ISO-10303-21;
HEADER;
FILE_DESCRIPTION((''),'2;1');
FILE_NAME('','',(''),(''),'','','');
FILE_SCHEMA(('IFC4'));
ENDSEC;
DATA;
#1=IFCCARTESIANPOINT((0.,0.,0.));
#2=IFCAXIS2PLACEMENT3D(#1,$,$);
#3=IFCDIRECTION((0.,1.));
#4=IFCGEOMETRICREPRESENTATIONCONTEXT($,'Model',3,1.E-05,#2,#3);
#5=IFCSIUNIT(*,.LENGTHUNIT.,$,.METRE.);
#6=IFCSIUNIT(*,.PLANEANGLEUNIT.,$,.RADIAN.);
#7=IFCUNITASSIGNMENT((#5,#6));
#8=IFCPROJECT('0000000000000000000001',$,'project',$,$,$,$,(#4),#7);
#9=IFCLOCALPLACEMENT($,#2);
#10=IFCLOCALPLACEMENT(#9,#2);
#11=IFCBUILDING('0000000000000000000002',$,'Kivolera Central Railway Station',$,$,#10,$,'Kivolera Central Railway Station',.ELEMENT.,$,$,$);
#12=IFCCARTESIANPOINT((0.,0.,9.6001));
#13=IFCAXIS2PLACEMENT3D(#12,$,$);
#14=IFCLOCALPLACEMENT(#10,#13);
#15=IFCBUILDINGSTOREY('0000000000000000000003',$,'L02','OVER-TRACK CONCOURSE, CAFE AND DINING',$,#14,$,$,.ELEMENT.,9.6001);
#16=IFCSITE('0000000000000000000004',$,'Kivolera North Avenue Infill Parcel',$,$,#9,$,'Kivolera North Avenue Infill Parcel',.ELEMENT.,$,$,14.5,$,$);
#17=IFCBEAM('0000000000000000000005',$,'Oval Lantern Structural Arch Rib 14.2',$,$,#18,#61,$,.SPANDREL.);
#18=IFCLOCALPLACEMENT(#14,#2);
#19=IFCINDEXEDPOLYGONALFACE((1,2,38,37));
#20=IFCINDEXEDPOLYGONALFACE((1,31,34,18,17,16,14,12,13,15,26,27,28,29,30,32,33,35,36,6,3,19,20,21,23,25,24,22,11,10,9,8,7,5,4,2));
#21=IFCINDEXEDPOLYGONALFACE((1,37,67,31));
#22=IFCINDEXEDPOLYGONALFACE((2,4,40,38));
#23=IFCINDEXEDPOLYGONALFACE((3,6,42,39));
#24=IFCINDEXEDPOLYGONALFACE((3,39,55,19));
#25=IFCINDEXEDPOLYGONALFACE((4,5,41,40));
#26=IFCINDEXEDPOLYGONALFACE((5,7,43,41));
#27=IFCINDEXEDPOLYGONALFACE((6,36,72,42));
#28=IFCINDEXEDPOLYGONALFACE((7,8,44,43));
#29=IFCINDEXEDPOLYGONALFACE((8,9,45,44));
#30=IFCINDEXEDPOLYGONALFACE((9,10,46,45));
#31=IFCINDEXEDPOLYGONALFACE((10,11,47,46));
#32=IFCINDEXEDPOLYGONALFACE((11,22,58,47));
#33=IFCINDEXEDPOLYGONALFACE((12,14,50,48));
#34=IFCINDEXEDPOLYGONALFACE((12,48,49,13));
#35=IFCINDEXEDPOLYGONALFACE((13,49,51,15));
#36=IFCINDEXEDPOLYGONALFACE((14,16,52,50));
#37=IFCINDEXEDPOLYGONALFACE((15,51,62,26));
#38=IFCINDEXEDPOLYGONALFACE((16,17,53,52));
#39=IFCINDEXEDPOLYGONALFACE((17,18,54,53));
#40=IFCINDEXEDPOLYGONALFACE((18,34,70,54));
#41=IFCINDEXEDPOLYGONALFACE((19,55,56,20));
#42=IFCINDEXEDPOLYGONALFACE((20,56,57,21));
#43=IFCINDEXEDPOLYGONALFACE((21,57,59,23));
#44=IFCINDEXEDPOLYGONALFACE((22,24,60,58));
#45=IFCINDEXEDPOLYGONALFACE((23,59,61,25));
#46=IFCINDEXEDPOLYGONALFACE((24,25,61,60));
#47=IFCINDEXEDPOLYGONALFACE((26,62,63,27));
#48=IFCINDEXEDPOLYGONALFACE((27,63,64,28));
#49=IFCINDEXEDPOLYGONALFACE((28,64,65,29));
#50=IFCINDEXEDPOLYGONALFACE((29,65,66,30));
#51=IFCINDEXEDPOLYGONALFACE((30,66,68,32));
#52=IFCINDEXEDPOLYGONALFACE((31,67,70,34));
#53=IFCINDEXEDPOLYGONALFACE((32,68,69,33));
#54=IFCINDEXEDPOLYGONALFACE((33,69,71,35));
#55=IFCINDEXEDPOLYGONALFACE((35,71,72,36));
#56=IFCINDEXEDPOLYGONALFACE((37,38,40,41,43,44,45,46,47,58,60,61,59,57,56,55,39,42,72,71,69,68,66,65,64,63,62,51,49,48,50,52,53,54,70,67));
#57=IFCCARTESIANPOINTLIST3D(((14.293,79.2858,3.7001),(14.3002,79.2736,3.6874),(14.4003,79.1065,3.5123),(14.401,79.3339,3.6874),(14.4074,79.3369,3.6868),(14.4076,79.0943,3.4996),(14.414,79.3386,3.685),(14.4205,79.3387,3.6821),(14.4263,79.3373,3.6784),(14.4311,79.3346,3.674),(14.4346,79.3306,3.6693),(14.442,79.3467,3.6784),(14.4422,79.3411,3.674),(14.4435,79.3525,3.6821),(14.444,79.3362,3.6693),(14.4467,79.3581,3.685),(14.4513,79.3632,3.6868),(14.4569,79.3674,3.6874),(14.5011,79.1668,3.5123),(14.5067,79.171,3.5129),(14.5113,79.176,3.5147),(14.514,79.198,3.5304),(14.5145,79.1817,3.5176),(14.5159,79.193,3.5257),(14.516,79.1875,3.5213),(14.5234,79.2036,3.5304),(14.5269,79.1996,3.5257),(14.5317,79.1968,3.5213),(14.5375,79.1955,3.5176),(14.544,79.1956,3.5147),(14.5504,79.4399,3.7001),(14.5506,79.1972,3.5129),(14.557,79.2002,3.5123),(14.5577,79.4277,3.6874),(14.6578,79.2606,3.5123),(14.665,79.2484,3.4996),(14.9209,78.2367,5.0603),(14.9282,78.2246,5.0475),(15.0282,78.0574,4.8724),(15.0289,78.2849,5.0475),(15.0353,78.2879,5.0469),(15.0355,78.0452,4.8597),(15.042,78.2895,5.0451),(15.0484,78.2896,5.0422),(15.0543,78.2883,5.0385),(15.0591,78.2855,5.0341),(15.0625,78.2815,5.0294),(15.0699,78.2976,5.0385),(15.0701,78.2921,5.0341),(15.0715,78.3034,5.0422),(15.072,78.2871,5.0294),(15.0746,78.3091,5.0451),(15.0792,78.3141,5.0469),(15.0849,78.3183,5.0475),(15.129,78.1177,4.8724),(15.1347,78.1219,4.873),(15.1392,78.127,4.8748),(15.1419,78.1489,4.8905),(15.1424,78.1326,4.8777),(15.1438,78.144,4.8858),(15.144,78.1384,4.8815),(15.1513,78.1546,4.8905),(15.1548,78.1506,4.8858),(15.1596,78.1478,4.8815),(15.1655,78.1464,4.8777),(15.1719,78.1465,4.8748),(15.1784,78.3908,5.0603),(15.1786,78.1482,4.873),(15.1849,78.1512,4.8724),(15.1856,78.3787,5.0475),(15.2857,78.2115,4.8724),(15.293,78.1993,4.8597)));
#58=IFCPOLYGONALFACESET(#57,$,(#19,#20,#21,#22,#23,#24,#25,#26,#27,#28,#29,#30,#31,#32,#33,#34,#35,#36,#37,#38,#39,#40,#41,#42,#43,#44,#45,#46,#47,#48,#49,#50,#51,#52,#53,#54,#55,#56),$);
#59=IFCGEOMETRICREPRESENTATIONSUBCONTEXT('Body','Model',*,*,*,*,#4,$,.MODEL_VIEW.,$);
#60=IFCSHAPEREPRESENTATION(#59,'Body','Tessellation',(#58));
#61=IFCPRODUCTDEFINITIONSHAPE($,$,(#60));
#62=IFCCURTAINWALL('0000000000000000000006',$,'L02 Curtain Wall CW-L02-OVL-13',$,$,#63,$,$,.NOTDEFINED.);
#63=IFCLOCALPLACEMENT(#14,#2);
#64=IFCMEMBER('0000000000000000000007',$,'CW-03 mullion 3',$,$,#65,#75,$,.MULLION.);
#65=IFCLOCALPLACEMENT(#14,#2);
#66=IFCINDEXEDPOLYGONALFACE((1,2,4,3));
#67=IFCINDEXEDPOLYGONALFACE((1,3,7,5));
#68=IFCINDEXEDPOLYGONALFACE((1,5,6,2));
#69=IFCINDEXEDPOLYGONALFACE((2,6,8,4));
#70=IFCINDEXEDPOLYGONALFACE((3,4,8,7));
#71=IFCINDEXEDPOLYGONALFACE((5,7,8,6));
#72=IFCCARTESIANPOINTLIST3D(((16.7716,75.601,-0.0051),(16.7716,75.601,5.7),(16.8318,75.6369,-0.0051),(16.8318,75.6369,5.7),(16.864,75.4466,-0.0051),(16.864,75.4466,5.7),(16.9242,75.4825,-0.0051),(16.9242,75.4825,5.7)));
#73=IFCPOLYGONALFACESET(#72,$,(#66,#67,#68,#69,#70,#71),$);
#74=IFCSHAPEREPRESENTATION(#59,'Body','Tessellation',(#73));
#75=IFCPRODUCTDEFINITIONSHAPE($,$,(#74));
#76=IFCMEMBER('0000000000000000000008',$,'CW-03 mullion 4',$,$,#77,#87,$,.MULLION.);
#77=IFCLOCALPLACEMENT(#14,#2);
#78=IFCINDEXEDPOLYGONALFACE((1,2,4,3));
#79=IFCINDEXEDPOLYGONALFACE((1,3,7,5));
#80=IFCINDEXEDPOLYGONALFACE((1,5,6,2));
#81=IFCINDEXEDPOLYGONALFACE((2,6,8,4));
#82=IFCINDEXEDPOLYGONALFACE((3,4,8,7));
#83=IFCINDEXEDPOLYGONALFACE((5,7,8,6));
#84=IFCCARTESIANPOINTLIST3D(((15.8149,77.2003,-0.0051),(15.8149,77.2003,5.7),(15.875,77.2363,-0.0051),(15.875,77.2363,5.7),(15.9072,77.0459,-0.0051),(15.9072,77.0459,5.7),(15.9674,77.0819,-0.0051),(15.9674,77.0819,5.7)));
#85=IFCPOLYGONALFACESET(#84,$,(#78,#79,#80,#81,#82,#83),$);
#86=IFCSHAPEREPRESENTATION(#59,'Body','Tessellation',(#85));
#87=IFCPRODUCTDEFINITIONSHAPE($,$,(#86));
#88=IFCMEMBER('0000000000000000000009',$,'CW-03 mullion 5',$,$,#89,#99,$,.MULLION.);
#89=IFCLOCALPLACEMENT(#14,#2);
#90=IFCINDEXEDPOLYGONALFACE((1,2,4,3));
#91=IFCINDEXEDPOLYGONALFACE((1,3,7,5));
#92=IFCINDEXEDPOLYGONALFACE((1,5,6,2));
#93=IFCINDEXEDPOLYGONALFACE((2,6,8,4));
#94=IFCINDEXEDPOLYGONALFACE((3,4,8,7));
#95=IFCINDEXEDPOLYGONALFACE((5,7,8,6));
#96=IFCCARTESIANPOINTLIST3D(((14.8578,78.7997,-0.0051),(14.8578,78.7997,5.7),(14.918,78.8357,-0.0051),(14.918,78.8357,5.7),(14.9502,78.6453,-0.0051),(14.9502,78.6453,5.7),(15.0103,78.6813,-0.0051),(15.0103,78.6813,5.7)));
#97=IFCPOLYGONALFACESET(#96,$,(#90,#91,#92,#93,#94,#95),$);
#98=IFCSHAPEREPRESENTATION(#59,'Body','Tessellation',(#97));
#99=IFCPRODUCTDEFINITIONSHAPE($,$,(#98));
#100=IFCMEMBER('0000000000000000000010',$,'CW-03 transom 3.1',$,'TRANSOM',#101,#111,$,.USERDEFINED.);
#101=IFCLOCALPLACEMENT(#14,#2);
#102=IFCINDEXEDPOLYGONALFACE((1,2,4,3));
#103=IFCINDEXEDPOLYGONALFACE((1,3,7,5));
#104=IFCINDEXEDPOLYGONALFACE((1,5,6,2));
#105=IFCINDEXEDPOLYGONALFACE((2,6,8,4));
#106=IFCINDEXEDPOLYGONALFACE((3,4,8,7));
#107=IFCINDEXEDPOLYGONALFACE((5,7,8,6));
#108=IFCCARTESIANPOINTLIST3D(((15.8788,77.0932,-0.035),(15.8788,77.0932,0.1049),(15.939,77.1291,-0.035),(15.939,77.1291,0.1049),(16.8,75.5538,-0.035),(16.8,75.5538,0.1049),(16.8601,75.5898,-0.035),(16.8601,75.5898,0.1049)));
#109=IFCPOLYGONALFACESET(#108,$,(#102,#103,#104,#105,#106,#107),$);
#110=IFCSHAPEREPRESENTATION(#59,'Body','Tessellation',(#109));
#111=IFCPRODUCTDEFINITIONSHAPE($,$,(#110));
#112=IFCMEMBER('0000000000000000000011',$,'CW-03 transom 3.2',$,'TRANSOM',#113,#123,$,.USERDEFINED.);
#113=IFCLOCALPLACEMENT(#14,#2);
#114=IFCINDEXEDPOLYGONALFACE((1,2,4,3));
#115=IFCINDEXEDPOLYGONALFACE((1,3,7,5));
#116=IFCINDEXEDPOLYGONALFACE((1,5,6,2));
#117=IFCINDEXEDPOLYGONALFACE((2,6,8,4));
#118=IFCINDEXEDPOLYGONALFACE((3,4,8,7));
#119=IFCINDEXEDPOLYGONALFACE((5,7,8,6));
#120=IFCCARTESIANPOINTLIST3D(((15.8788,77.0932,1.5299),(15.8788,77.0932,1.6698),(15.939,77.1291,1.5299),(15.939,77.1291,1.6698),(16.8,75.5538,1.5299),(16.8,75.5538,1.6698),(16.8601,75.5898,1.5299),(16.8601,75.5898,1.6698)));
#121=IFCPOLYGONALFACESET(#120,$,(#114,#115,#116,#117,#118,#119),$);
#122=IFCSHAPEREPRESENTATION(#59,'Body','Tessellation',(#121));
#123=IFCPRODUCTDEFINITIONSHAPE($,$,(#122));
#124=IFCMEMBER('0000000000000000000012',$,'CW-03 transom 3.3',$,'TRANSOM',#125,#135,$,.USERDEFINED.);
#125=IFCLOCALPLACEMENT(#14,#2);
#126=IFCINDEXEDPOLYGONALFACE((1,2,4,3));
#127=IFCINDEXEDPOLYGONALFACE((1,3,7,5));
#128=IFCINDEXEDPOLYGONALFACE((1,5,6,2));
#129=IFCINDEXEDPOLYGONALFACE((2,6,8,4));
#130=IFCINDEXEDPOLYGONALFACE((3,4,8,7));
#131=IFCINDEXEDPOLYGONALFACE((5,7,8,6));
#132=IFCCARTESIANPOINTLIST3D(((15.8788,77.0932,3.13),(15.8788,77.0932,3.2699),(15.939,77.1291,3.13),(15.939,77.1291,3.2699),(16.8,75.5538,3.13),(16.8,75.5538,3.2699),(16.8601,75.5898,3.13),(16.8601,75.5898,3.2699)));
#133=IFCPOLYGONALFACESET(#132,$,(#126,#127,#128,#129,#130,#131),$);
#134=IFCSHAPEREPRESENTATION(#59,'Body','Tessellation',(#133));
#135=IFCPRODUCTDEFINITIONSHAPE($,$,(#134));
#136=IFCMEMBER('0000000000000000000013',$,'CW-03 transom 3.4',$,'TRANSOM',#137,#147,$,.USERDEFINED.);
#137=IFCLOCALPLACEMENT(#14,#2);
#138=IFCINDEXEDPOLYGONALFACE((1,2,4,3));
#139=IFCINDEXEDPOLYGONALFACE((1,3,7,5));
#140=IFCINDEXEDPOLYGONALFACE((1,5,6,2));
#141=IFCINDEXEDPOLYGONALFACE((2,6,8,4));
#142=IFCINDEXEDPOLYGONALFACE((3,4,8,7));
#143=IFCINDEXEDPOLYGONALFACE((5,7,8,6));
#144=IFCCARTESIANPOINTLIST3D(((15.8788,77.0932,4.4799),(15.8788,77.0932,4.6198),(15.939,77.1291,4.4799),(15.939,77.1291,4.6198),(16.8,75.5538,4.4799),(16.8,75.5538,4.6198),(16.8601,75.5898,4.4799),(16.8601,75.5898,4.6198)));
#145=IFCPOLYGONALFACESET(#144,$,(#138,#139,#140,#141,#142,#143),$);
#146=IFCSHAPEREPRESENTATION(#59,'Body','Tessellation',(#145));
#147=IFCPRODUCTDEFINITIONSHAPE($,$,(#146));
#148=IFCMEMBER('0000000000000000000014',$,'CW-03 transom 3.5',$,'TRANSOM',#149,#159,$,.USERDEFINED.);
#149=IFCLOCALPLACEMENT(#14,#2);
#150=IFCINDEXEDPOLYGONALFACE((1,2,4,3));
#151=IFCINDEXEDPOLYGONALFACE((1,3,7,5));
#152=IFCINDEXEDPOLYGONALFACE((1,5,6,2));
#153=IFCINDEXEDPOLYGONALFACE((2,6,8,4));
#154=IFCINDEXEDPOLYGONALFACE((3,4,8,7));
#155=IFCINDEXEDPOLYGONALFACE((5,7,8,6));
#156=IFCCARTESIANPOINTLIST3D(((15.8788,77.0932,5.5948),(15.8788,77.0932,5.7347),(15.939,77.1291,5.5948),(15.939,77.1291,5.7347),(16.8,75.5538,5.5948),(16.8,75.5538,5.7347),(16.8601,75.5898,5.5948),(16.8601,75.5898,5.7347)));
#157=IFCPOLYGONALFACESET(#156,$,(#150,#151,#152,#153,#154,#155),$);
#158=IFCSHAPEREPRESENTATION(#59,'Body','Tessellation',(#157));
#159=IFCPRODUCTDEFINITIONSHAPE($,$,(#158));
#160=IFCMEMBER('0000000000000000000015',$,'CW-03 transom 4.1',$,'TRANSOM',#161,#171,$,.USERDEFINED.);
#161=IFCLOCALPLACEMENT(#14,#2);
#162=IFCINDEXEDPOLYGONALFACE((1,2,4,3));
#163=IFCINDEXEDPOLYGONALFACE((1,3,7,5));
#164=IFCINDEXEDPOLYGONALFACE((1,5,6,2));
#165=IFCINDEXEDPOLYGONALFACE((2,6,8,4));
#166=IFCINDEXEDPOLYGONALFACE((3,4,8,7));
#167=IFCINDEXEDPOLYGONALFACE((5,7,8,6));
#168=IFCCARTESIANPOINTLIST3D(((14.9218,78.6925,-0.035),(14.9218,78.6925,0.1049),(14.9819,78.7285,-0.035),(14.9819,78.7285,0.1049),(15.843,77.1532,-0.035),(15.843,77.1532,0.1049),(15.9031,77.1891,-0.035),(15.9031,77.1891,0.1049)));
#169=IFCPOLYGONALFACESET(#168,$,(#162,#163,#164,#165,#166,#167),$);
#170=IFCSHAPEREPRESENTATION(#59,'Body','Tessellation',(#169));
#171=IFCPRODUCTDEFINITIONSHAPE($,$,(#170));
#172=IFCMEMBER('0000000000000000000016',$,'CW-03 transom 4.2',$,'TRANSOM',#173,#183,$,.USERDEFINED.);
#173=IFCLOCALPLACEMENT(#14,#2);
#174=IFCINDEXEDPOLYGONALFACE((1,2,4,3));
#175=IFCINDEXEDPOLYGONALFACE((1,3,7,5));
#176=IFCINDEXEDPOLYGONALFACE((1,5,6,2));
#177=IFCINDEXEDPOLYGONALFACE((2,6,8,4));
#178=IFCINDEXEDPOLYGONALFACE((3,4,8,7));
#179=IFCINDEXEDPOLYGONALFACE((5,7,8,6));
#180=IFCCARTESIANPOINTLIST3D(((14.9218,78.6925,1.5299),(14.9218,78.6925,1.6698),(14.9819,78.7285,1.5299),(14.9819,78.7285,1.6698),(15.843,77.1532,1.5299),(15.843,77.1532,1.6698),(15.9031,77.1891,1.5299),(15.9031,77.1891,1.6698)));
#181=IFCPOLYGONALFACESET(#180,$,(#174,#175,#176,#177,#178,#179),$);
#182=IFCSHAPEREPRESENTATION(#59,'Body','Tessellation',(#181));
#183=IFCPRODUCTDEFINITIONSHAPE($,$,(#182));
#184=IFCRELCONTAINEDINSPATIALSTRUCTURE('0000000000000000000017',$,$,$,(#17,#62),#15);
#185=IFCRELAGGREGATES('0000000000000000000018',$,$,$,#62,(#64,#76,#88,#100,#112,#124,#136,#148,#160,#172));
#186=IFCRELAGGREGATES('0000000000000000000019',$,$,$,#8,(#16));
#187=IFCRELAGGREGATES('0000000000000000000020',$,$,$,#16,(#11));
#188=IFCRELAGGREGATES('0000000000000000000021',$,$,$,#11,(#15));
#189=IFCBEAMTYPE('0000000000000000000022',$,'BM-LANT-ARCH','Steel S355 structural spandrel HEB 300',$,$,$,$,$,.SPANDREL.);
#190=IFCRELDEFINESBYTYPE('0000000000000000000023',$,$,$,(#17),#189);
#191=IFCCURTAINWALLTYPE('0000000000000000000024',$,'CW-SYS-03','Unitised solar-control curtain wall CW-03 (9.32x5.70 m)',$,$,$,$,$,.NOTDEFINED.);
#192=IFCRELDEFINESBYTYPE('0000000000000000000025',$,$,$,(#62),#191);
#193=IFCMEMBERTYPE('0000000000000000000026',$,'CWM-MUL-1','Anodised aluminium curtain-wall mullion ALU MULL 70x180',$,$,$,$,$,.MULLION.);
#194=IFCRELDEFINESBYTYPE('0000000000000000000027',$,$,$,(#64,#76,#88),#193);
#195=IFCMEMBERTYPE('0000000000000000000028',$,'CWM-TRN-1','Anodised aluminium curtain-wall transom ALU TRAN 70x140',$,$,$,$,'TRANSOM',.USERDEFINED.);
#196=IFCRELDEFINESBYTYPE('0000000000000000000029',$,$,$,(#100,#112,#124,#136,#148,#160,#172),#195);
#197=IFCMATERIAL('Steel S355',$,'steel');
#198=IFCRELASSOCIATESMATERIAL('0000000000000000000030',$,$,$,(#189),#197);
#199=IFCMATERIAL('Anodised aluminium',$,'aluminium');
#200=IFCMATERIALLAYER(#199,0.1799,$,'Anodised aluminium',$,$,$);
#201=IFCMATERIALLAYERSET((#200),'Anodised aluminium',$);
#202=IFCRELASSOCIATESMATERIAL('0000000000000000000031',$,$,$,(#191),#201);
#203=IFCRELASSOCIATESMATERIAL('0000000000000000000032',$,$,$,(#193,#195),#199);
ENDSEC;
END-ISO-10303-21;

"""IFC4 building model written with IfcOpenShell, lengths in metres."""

from ifc_helpers import new_model, si_unit, direction, frame, origin, origin_2d, place, context, subcontext, project, spatial, rectangle, i_section, extrude, material, layer, layer_set, material_profile, profile_set, type_object, element, aggregate, save


model = new_model("IFC4")

# Units and contexts
model_context = context("Model", 3, precision=1e-05, world=origin(), true_north=direction((0.0, 1.0)))
body_context = subcontext(model_context, "Body", "Model", "MODEL_VIEW")
ifc_project = project(units=[si_unit("LENGTHUNIT", "METRE"), si_unit("PLANEANGLEUNIT", "RADIAN")], contexts=[model_context])

# Site, building, storey
site_placement = place(None, origin())
site = spatial("IfcSite", under=ifc_project, at=site_placement, Name="Kivolera North Avenue Infill Parcel", LongName="Kivolera North Avenue Infill Parcel", CompositionType="ELEMENT", RefElevation=14.5)
building_placement = place(site_placement, origin())
building = spatial("IfcBuilding", under=site, at=building_placement, Name="Kivolera Central Railway Station", LongName="Kivolera Central Railway Station", CompositionType="ELEMENT")
storey_placement = place(building_placement, frame((0.0, 0.0, 9.6001)))
storey = spatial("IfcBuildingStorey", under=building, at=storey_placement, Name="L02", Description="OVER-TRACK CONCOURSE, CAFE AND DINING", CompositionType="ELEMENT", Elevation=9.6001)

# Beam
ifc_material_1 = material(Name="Steel S355", Category="steel")
ifc_material_profile_1 = material_profile(ifc_material_1, i_section(OverallWidth=0.3, OverallDepth=0.3, WebThickness=0.011, FlangeThickness=0.019, FilletRadius=0.0271, at=origin_2d()), Name="HEB 300")
ifc_profile_set_1 = profile_set([ifc_material_profile_1], Name="Steel S355")
beam_type = type_object("IfcBeamType", Name="BM-LANT-ARCH", Description="Steel S355 structural spandrel HEB 300", PredefinedType="SPANDREL", material=ifc_profile_set_1)
beam_placement = place(storey_placement, frame((14.479, 79.2671, 3.5999), z_axis=(0.343344, -0.57362, 0.74369), x_axis=(0.858039, 0.513585, 0.0)))
element("IfcBeam", 1, at=beam_placement, inside=storey, type_object=beam_type, Name="Oval Lantern Structural Arch Rib 14.2", PredefinedType="SPANDREL", context=body_context, shape_type="SweptSolid", body=[
    extrude(i_section(OverallWidth=0.3, OverallDepth=0.3, WebThickness=0.011, FlangeThickness=0.019, FilletRadius=0.0271, at=origin_2d()), origin(), (0.0, 0.0, 1.0), 1.8289),
])

# Curtain wall, members
ifc_material_2 = material(Name="Anodised aluminium", Category="aluminium")
ifc_layer_1 = layer(ifc_material_2, 0.1799, Name="Anodised aluminium")
ifc_layer_set_1 = layer_set([ifc_layer_1], Name="Anodised aluminium")
curtain_wall_type = type_object("IfcCurtainWallType", Name="CW-SYS-03", Description="Unitised solar-control curtain wall CW-03 (9.32x5.70 m)", PredefinedType="NOTDEFINED", material=ifc_layer_set_1)
curtain_wall_placement = place(storey_placement, origin())
curtain_wall = element("IfcCurtainWall", 2, at=curtain_wall_placement, inside=storey, type_object=curtain_wall_type, Name="L02 Curtain Wall CW-L02-OVL-13", PredefinedType="NOTDEFINED")
ifc_material_profile_2 = material_profile(ifc_material_2, rectangle(XDim=0.0701, YDim=0.1799, at=origin_2d()), Name="ALU MULL 70x180")
ifc_profile_set_2 = profile_set([ifc_material_profile_2], Name="Anodised aluminium")
member_type_1 = type_object("IfcMemberType", Name="CWM-MUL-1", Description="Anodised aluminium curtain-wall mullion ALU MULL 70x180", PredefinedType="MULLION", material=ifc_profile_set_2)
member_1_placement = place(storey_placement, frame((16.8479, 75.5417, -0.0051), z_axis=(0.0, 0.0, 1.0), x_axis=(-0.858117, -0.513454, 0.0)))
member_1 = element("IfcMember", 3, at=member_1_placement, type_object=member_type_1, Name="CW-03 mullion 3", PredefinedType="MULLION", context=body_context, shape_type="SweptSolid", body=[
    extrude(rectangle(XDim=0.0701, YDim=0.1799, at=origin_2d()), origin(), (0.0, 0.0, 1.0), 5.7051),
])
member_2_placement = place(storey_placement, frame((15.8911, 77.1411, -0.0051), z_axis=(0.0, 0.0, 1.0), x_axis=(-0.858117, -0.513454, 0.0)))
member_2 = element("IfcMember", 4, at=member_2_placement, type_object=member_type_1, Name="CW-03 mullion 4", PredefinedType="MULLION", context=body_context, shape_type="SweptSolid", body=[
    extrude(rectangle(XDim=0.0701, YDim=0.1799, at=origin_2d()), origin(), (0.0, 0.0, 1.0), 5.7051),
])
member_3_placement = place(storey_placement, frame((14.9341, 78.7405, -0.0051), z_axis=(0.0, 0.0, 1.0), x_axis=(-0.858117, -0.513454, 0.0)))
member_3 = element("IfcMember", 5, at=member_3_placement, type_object=member_type_1, Name="CW-03 mullion 5", PredefinedType="MULLION", context=body_context, shape_type="SweptSolid", body=[
    extrude(rectangle(XDim=0.0701, YDim=0.1799, at=origin_2d()), origin(), (0.0, 0.0, 1.0), 5.7051),
])
ifc_material_profile_3 = material_profile(ifc_material_2, rectangle(XDim=0.0701, YDim=0.1399, at=origin_2d()), Name="ALU TRAN 70x140")
ifc_profile_set_3 = profile_set([ifc_material_profile_3], Name="Anodised aluminium")
member_type_2 = type_object("IfcMemberType", Name="CWM-TRN-1", Description="Anodised aluminium curtain-wall transom ALU TRAN 70x140", ElementType="TRANSOM", PredefinedType="USERDEFINED", material=ifc_profile_set_3)
member_4_placement = place(storey_placement, frame((16.8301, 75.5718, 0.0349), z_axis=(-0.513495, 0.858093, 0.0), x_axis=(-0.858093, -0.513495, 0.0)))
member_4 = element("IfcMember", 6, at=member_4_placement, type_object=member_type_2, Name="CW-03 transom 3.1", ObjectType="TRANSOM", PredefinedType="USERDEFINED", context=body_context, shape_type="SweptSolid", body=[
    extrude(rectangle(XDim=0.0701, YDim=0.1399, at=origin_2d()), origin(), (0.0, 0.0, 1.0), 1.7939),
])
member_5_placement = place(storey_placement, frame((16.8301, 75.5718, 1.5999), z_axis=(-0.513495, 0.858093, 0.0), x_axis=(-0.858093, -0.513495, 0.0)))
member_5 = element("IfcMember", 7, at=member_5_placement, type_object=member_type_2, Name="CW-03 transom 3.2", ObjectType="TRANSOM", PredefinedType="USERDEFINED", context=body_context, shape_type="SweptSolid", body=[
    extrude(rectangle(XDim=0.0701, YDim=0.1399, at=origin_2d()), origin(), (0.0, 0.0, 1.0), 1.7939),
])
member_6_placement = place(storey_placement, frame((16.8301, 75.5718, 3.2), z_axis=(-0.513495, 0.858093, 0.0), x_axis=(-0.858093, -0.513495, 0.0)))
member_6 = element("IfcMember", 8, at=member_6_placement, type_object=member_type_2, Name="CW-03 transom 3.3", ObjectType="TRANSOM", PredefinedType="USERDEFINED", context=body_context, shape_type="SweptSolid", body=[
    extrude(rectangle(XDim=0.0701, YDim=0.1399, at=origin_2d()), origin(), (0.0, 0.0, 1.0), 1.7939),
])
member_7_placement = place(storey_placement, frame((16.8301, 75.5718, 4.5498), z_axis=(-0.513495, 0.858093, 0.0), x_axis=(-0.858093, -0.513495, 0.0)))
member_7 = element("IfcMember", 9, at=member_7_placement, type_object=member_type_2, Name="CW-03 transom 3.4", ObjectType="TRANSOM", PredefinedType="USERDEFINED", context=body_context, shape_type="SweptSolid", body=[
    extrude(rectangle(XDim=0.0701, YDim=0.1399, at=origin_2d()), origin(), (0.0, 0.0, 1.0), 1.7939),
])
member_8_placement = place(storey_placement, frame((16.8301, 75.5718, 5.6648), z_axis=(-0.513495, 0.858093, 0.0), x_axis=(-0.858093, -0.513495, 0.0)))
member_8 = element("IfcMember", 10, at=member_8_placement, type_object=member_type_2, Name="CW-03 transom 3.5", ObjectType="TRANSOM", PredefinedType="USERDEFINED", context=body_context, shape_type="SweptSolid", body=[
    extrude(rectangle(XDim=0.0701, YDim=0.1399, at=origin_2d()), origin(), (0.0, 0.0, 1.0), 1.7939),
])
member_9_placement = place(storey_placement, frame((15.873, 77.1711, 0.0349), z_axis=(-0.513495, 0.858093, 0.0), x_axis=(-0.858093, -0.513495, 0.0)))
member_9 = element("IfcMember", 11, at=member_9_placement, type_object=member_type_2, Name="CW-03 transom 4.1", ObjectType="TRANSOM", PredefinedType="USERDEFINED", context=body_context, shape_type="SweptSolid", body=[
    extrude(rectangle(XDim=0.0701, YDim=0.1399, at=origin_2d()), origin(), (0.0, 0.0, 1.0), 1.7939),
])
member_10_placement = place(storey_placement, frame((15.873, 77.1711, 1.5999), z_axis=(-0.513495, 0.858093, 0.0), x_axis=(-0.858093, -0.513495, 0.0)))
member_10 = element("IfcMember", 12, at=member_10_placement, type_object=member_type_2, Name="CW-03 transom 4.2", ObjectType="TRANSOM", PredefinedType="USERDEFINED", context=body_context, shape_type="SweptSolid", body=[
    extrude(rectangle(XDim=0.0701, YDim=0.1399, at=origin_2d()), origin(), (0.0, 0.0, 1.0), 1.7939),
])
aggregate(curtain_wall, [member_1, member_2, member_3, member_4, member_5, member_6, member_7, member_8, member_9, member_10])

save(model, "model.ifc")
